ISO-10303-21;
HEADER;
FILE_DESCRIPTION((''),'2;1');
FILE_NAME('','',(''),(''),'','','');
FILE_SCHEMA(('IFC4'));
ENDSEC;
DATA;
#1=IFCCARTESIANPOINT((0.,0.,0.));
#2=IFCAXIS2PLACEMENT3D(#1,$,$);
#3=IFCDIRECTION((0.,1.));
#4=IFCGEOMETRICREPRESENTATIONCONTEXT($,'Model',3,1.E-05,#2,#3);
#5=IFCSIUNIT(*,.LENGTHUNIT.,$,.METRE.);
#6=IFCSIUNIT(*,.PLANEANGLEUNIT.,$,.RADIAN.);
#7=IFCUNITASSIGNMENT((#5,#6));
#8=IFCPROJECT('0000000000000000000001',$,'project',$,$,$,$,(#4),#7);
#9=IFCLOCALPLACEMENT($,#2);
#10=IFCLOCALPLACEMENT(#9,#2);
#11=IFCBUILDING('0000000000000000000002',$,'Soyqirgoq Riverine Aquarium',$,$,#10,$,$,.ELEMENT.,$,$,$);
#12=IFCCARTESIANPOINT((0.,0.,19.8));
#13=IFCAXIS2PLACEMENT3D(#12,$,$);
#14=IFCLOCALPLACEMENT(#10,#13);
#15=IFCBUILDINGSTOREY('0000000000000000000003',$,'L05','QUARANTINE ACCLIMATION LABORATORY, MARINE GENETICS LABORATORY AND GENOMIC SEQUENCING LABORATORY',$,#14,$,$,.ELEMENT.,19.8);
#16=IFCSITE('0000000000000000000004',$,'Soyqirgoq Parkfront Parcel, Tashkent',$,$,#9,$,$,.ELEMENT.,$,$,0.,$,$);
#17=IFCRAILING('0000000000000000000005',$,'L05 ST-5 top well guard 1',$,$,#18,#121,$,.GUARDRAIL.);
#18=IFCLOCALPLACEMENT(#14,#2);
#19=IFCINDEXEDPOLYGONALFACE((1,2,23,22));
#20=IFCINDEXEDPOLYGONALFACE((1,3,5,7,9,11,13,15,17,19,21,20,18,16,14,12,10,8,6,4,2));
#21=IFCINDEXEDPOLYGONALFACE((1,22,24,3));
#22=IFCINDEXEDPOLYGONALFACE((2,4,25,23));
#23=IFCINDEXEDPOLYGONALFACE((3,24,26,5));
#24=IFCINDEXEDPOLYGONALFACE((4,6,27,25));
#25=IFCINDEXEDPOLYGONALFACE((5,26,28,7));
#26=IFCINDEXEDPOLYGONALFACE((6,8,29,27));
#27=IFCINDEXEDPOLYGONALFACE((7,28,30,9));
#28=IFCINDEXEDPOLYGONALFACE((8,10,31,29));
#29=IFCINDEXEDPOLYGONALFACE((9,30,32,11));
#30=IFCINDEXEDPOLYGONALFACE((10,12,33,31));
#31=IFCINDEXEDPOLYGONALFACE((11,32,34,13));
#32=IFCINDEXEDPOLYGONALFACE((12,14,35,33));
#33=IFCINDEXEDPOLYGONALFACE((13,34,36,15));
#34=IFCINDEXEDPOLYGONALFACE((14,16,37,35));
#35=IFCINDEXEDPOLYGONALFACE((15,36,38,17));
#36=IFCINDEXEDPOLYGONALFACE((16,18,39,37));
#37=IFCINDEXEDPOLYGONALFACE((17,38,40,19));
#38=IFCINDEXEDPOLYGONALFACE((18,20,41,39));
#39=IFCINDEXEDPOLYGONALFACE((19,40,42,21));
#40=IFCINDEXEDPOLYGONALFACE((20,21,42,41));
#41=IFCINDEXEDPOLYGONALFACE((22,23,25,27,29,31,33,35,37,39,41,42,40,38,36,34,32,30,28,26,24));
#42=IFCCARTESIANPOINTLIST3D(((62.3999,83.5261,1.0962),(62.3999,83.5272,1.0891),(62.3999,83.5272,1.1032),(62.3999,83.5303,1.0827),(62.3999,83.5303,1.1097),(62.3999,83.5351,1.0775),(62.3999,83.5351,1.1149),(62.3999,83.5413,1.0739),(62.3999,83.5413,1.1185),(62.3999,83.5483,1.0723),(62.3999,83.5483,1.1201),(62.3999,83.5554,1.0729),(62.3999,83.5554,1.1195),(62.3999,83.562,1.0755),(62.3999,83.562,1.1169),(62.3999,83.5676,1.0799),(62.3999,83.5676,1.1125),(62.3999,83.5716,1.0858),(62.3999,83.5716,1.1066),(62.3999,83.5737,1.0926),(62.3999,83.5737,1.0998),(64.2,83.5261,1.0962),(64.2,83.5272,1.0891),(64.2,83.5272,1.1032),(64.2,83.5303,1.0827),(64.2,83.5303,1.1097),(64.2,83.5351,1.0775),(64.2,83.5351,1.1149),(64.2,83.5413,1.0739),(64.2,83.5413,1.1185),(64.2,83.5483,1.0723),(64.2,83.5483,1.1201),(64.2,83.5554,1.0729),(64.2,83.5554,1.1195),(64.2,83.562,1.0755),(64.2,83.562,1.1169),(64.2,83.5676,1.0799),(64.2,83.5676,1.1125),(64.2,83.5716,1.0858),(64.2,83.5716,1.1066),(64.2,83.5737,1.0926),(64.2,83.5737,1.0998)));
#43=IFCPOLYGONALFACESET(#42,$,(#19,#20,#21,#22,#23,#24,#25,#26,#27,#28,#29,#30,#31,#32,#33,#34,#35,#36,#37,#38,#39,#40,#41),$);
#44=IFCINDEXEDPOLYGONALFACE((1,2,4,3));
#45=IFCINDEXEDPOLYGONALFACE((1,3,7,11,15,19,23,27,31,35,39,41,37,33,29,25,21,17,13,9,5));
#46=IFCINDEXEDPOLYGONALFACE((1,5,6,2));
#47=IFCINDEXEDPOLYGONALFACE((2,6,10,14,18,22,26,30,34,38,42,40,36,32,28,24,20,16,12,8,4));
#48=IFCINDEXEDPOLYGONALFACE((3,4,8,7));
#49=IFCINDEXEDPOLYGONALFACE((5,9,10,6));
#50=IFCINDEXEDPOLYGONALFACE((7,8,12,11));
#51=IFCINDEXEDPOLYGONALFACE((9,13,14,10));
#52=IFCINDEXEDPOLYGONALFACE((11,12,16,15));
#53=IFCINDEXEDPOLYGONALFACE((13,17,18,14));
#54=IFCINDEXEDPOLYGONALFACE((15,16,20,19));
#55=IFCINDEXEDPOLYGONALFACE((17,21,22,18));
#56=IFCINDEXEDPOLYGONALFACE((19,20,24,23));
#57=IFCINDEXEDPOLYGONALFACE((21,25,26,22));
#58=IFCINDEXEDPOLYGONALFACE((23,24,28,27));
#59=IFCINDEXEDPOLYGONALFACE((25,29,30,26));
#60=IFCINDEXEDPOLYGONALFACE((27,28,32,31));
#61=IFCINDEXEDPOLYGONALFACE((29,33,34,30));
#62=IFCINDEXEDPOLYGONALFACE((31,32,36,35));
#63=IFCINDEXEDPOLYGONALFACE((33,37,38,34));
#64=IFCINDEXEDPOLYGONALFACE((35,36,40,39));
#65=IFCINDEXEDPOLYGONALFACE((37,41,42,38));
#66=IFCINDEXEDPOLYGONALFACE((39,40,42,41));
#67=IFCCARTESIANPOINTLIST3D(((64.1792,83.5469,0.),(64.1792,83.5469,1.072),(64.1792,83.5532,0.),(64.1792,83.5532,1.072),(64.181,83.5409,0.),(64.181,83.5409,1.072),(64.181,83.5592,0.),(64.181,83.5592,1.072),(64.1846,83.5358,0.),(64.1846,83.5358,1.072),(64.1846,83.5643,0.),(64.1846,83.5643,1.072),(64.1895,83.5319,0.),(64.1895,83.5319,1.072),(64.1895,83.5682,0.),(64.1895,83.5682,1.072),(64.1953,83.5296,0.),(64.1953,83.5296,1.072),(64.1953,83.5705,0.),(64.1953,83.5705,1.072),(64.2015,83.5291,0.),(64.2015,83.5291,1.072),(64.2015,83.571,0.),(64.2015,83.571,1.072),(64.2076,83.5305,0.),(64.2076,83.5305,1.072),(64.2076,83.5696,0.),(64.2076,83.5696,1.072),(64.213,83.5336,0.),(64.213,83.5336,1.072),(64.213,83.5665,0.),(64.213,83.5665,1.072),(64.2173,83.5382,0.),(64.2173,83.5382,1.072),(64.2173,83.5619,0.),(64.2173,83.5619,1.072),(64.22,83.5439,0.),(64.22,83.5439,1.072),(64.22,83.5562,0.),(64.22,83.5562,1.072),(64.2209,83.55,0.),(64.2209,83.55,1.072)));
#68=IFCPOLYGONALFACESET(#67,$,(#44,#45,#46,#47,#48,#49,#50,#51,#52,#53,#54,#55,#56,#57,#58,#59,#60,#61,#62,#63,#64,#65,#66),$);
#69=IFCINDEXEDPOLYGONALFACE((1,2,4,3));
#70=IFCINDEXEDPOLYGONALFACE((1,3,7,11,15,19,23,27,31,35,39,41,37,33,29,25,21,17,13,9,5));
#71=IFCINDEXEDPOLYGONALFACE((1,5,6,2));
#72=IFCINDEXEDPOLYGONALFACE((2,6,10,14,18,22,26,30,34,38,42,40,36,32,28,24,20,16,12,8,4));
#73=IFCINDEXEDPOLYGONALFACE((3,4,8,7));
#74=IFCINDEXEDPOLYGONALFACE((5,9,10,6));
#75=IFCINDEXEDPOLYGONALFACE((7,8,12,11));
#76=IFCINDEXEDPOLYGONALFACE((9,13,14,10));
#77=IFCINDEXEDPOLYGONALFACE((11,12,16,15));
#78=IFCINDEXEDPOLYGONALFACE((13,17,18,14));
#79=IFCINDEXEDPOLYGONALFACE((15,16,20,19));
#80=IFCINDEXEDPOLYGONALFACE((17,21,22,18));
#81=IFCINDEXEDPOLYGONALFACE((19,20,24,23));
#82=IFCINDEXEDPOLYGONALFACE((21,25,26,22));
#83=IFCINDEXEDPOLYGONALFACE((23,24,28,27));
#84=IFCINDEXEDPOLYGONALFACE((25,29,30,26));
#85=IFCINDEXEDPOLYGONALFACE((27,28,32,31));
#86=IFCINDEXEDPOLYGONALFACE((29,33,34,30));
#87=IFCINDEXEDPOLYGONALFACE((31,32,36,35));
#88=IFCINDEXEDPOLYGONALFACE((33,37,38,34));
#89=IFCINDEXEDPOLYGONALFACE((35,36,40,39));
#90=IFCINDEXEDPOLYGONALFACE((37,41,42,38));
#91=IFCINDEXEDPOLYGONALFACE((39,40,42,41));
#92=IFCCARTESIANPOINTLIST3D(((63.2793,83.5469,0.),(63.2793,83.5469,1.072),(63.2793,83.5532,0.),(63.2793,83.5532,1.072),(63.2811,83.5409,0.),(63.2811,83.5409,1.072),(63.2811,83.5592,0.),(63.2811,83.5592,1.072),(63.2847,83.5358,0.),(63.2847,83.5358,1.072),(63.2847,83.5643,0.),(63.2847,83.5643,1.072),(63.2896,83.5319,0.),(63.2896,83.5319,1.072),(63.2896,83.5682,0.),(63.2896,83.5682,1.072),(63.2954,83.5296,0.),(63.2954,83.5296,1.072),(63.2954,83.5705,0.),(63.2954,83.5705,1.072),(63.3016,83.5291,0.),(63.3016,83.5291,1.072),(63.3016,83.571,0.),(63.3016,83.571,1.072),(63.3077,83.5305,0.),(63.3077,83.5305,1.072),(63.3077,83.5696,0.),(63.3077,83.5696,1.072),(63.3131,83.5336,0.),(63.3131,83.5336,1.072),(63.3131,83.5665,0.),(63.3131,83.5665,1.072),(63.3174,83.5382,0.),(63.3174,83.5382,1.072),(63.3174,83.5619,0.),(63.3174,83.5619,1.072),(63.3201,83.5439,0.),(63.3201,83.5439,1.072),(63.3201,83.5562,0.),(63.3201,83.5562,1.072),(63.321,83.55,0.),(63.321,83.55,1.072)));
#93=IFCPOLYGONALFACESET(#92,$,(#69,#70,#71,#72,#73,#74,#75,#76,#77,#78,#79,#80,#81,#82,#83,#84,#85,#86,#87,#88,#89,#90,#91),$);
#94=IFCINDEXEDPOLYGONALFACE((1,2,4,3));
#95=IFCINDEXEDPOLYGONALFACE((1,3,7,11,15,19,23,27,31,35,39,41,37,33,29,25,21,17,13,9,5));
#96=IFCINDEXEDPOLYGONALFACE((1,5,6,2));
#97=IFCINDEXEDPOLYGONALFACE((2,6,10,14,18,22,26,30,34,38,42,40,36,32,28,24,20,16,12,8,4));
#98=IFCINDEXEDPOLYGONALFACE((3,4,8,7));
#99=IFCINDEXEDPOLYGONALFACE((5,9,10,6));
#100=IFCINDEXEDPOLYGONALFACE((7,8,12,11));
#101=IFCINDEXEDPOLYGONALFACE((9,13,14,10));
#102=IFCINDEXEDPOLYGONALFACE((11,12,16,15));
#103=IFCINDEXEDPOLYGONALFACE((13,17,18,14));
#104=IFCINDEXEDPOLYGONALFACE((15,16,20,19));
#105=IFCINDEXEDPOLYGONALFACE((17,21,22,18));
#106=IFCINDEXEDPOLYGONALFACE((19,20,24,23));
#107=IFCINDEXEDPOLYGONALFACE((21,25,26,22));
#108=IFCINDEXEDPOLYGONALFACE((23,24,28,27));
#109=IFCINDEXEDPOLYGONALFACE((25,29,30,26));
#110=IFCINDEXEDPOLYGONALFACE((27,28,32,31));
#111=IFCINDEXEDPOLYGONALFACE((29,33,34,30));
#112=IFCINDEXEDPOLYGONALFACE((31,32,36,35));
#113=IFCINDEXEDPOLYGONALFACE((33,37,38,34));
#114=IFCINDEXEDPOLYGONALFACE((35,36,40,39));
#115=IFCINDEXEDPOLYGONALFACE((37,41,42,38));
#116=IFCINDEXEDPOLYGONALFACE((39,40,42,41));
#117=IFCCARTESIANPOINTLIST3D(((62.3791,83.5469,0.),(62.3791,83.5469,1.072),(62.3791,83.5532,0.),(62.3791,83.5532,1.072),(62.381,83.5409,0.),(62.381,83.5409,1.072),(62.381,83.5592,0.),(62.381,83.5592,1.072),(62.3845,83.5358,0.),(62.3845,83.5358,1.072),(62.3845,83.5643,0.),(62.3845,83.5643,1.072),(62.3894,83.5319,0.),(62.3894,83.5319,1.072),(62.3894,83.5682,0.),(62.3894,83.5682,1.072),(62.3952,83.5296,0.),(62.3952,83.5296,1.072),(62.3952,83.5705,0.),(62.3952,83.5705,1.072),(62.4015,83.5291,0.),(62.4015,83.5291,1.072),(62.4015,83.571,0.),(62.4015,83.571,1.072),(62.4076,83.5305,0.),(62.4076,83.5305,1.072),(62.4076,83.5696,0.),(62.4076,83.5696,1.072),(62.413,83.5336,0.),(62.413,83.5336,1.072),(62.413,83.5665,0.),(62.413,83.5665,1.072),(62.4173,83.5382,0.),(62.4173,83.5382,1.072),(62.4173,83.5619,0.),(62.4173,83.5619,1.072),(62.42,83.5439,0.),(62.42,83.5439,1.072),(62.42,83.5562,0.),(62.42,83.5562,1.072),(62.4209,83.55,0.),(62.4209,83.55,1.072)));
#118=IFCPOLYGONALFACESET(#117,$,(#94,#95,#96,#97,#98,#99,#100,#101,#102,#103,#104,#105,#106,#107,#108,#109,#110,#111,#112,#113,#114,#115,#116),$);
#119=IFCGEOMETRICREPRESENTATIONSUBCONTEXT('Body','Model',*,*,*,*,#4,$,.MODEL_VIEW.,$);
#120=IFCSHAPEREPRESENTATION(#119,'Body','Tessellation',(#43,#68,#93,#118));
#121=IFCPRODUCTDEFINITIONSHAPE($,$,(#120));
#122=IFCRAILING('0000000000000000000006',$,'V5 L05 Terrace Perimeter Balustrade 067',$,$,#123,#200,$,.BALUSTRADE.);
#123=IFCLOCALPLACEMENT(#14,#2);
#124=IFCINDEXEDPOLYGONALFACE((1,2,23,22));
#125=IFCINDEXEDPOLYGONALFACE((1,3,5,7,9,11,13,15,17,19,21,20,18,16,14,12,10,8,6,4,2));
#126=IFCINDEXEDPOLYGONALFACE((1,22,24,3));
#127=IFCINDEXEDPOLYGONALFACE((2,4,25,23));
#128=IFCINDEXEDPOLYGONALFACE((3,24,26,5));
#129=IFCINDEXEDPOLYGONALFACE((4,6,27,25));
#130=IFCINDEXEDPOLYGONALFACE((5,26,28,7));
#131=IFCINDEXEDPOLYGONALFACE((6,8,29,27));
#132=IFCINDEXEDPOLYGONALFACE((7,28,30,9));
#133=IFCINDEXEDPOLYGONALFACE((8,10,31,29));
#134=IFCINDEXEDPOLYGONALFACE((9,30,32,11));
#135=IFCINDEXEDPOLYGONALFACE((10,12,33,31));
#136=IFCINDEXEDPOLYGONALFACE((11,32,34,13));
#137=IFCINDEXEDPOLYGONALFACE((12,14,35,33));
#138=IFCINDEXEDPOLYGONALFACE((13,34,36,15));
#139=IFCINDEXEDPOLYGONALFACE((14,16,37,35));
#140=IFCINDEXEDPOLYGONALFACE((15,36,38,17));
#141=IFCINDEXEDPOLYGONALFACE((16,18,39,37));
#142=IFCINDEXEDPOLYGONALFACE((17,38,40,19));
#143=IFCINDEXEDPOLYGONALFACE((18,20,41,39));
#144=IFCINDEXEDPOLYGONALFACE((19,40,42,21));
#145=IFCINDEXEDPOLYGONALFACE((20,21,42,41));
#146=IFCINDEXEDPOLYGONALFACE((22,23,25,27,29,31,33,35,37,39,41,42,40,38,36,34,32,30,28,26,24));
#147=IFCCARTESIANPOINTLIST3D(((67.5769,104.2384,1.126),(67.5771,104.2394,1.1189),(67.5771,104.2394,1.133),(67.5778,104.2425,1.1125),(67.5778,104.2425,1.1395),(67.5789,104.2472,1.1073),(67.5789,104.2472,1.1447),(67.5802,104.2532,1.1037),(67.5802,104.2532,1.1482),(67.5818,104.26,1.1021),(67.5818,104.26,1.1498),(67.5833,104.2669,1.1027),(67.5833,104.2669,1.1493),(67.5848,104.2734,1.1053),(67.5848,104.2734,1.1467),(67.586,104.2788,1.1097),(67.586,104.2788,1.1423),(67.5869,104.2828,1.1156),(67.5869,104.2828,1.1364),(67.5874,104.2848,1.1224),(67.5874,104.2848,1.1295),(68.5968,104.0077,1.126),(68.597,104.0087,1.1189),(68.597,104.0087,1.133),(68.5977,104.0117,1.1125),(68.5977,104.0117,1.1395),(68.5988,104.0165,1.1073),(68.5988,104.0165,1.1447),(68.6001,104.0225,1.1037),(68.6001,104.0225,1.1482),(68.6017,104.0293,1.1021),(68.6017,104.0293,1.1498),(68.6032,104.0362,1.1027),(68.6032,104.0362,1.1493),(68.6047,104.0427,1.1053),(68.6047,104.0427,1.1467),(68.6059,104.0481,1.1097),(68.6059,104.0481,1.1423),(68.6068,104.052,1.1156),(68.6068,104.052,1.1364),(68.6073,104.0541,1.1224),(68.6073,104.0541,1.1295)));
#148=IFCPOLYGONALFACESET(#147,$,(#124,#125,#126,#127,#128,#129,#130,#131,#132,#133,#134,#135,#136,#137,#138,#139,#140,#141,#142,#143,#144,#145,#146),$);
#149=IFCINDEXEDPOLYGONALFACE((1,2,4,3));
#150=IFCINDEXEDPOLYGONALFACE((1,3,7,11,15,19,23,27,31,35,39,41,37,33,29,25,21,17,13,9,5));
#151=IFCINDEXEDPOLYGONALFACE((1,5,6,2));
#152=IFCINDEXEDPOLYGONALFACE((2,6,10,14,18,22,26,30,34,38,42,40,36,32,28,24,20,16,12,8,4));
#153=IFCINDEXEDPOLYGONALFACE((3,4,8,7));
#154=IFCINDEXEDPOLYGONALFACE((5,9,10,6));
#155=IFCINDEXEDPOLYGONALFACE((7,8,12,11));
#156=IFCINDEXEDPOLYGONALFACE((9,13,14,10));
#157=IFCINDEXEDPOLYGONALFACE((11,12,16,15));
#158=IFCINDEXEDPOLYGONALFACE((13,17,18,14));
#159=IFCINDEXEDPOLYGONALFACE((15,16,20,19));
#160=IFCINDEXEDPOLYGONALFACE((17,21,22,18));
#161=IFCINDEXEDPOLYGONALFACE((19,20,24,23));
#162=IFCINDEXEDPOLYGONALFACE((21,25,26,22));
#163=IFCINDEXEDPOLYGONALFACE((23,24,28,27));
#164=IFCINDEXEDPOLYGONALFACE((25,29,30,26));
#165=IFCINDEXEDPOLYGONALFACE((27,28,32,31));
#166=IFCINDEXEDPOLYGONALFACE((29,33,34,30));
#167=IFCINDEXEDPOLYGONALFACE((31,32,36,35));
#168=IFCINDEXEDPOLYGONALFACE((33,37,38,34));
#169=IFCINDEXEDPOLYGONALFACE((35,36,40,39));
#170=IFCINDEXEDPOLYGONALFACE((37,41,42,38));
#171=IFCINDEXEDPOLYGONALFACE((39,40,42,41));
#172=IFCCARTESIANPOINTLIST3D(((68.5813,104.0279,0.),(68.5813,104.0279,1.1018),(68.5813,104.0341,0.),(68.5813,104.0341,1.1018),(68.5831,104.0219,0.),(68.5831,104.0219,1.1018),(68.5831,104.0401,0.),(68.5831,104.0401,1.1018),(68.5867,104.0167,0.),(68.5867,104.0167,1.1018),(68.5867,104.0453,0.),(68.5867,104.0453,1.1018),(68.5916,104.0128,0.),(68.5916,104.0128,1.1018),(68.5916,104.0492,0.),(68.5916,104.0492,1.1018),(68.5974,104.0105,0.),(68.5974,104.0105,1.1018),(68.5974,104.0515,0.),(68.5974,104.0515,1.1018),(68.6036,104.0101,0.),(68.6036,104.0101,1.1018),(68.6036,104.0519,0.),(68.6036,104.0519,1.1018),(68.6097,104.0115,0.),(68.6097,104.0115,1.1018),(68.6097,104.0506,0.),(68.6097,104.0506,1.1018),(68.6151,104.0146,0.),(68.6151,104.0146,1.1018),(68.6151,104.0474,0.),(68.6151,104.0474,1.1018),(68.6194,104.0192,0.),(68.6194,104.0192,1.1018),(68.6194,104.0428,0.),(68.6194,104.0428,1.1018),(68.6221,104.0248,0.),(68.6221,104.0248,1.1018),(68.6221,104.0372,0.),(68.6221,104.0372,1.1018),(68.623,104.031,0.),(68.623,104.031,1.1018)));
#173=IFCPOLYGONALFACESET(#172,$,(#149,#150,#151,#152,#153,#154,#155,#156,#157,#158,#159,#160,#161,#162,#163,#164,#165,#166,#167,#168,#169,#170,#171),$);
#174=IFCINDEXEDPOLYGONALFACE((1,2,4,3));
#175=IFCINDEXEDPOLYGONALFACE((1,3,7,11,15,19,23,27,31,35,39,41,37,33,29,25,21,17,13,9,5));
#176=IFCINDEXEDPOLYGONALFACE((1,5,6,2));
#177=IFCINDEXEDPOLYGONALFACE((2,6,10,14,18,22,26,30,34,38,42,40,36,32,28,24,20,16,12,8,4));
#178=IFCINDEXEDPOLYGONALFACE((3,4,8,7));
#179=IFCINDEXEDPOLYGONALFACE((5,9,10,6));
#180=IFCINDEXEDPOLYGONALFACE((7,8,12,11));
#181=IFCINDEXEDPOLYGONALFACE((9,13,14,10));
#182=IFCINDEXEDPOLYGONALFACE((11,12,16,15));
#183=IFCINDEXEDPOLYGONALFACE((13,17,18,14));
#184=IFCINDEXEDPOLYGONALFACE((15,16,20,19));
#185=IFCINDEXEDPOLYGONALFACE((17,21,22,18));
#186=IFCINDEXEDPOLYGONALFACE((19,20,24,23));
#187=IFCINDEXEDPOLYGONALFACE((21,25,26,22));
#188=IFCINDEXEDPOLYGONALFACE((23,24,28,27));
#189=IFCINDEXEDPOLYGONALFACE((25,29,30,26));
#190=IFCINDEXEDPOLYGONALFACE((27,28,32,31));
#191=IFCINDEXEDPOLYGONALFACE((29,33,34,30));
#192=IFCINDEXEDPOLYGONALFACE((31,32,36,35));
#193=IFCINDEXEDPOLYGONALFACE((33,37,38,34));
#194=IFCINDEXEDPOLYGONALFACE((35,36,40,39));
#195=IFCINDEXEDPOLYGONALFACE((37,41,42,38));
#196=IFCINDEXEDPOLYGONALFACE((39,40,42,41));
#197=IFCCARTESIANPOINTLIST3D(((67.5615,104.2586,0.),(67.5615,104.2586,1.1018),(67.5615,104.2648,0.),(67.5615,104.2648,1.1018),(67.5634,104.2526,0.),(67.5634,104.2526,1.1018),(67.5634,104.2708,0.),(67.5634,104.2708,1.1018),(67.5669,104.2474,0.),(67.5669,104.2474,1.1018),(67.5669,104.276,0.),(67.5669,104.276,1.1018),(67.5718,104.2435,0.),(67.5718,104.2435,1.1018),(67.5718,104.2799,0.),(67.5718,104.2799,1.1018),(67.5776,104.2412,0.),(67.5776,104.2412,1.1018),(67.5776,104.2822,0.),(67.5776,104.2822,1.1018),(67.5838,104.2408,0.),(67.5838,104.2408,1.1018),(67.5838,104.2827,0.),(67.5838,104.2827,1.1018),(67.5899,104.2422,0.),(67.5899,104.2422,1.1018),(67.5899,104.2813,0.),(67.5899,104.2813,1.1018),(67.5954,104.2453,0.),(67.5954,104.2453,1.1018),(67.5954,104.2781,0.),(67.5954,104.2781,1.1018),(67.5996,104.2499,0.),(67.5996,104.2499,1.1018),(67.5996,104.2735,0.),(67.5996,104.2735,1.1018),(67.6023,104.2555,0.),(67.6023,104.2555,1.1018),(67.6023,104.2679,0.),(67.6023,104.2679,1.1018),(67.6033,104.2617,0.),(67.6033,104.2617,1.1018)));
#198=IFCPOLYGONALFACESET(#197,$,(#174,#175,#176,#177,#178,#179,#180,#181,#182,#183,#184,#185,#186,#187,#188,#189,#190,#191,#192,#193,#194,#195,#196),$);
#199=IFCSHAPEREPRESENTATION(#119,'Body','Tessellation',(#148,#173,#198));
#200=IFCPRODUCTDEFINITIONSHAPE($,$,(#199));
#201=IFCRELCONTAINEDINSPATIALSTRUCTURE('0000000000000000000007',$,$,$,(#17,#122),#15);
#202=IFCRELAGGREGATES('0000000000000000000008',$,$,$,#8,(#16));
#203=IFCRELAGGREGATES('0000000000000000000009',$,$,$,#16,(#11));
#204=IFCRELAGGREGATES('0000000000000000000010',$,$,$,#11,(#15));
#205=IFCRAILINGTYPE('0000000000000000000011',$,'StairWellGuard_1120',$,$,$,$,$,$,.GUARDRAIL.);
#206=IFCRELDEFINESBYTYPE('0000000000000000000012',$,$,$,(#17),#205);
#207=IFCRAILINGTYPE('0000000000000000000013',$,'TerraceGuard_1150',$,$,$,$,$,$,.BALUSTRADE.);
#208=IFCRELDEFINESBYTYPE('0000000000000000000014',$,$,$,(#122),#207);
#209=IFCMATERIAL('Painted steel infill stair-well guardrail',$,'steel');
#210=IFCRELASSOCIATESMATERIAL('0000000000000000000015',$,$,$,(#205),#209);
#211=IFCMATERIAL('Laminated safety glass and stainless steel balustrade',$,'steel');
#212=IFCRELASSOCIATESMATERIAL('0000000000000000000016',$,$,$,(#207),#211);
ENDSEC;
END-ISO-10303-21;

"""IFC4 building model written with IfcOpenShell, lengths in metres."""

from ifc_helpers import new_model, si_unit, direction, frame, origin, origin_2d, place, context, subcontext, project, spatial, circle, extrude, material, type_object, element, save


model = new_model("IFC4")

# Units and contexts
model_context = context("Model", 3, precision=1e-05, world=origin(), true_north=direction((0.0, 1.0)))
body_context = subcontext(model_context, "Body", "Model", "MODEL_VIEW")
ifc_project = project(units=[si_unit("LENGTHUNIT", "METRE"), si_unit("PLANEANGLEUNIT", "RADIAN")], contexts=[model_context])

# Site, building, storey
site_placement = place(None, origin())
site = spatial("IfcSite", under=ifc_project, at=site_placement, Name="Soyqirgoq Parkfront Parcel, Tashkent", CompositionType="ELEMENT", RefElevation=0.0)
building_placement = place(site_placement, origin())
building = spatial("IfcBuilding", under=site, at=building_placement, Name="Soyqirgoq Riverine Aquarium", CompositionType="ELEMENT")
storey_placement = place(building_placement, frame((0.0, 0.0, 19.8)))
storey = spatial("IfcBuildingStorey", under=building, at=storey_placement, Name="L05", Description="QUARANTINE ACCLIMATION LABORATORY, MARINE GENETICS LABORATORY AND GENOMIC SEQUENCING LABORATORY", CompositionType="ELEMENT", Elevation=19.8)

# Railings
ifc_material_1 = material(Name="Painted steel infill stair-well guardrail", Category="steel")
railing_type_1 = type_object("IfcRailingType", Name="StairWellGuard_1120", PredefinedType="GUARDRAIL", material=ifc_material_1)
railing_1_placement = place(storey_placement, frame((64.2, 83.55, 0.0)))
element("IfcRailing", 1, at=railing_1_placement, inside=storey, type_object=railing_type_1, Name="L05 ST-5 top well guard 1", PredefinedType="GUARDRAIL", context=body_context, shape_type="SweptSolid", body=[
    extrude(circle(Radius=0.0239, at=origin_2d()), frame((0.0, 0.0, 1.0962), z_axis=(-1.0, 0.0, 0.0), x_axis=(0.0, -1.0, 0.0)), (0.0, 0.0, 1.0), 1.8),
    extrude(circle(Radius=0.021, at=origin_2d()), origin(), (0.0, 0.0, 1.0), 1.072),
    extrude(circle(Radius=0.021, at=origin_2d()), frame((-0.8999, 0.0, 0.0)), (0.0, 0.0, 1.0), 1.072),
    extrude(circle(Radius=0.021, at=origin_2d()), frame((-1.8, 0.0, 0.0)), (0.0, 0.0, 1.0), 1.072),
])
ifc_material_2 = material(Name="Laminated safety glass and stainless steel balustrade", Category="steel")
railing_type_2 = type_object("IfcRailingType", Name="TerraceGuard_1150", PredefinedType="BALUSTRADE", material=ifc_material_2)
railing_2_placement = place(storey_placement, frame((68.6021, 104.031, 0.0)))
element("IfcRailing", 2, at=railing_2_placement, inside=storey, type_object=railing_type_2, Name="V5 L05 Terrace Perimeter Balustrade 067", PredefinedType="BALUSTRADE", context=body_context, shape_type="SweptSolid", body=[
    extrude(circle(Radius=0.0239, at=origin_2d()), frame((0.0, 0.0, 1.126), z_axis=(-0.97535, 0.220662, 0.0), x_axis=(-0.220662, -0.97535, 0.0)), (0.0, 0.0, 1.0), 1.0457),
    extrude(circle(Radius=0.021, at=origin_2d()), origin(), (0.0, 0.0, 1.0), 1.1018),
    extrude(circle(Radius=0.021, at=origin_2d()), frame((-1.0198, 0.2307, 0.0)), (0.0, 0.0, 1.0), 1.1018),
])

save(model, "model.ifc")
